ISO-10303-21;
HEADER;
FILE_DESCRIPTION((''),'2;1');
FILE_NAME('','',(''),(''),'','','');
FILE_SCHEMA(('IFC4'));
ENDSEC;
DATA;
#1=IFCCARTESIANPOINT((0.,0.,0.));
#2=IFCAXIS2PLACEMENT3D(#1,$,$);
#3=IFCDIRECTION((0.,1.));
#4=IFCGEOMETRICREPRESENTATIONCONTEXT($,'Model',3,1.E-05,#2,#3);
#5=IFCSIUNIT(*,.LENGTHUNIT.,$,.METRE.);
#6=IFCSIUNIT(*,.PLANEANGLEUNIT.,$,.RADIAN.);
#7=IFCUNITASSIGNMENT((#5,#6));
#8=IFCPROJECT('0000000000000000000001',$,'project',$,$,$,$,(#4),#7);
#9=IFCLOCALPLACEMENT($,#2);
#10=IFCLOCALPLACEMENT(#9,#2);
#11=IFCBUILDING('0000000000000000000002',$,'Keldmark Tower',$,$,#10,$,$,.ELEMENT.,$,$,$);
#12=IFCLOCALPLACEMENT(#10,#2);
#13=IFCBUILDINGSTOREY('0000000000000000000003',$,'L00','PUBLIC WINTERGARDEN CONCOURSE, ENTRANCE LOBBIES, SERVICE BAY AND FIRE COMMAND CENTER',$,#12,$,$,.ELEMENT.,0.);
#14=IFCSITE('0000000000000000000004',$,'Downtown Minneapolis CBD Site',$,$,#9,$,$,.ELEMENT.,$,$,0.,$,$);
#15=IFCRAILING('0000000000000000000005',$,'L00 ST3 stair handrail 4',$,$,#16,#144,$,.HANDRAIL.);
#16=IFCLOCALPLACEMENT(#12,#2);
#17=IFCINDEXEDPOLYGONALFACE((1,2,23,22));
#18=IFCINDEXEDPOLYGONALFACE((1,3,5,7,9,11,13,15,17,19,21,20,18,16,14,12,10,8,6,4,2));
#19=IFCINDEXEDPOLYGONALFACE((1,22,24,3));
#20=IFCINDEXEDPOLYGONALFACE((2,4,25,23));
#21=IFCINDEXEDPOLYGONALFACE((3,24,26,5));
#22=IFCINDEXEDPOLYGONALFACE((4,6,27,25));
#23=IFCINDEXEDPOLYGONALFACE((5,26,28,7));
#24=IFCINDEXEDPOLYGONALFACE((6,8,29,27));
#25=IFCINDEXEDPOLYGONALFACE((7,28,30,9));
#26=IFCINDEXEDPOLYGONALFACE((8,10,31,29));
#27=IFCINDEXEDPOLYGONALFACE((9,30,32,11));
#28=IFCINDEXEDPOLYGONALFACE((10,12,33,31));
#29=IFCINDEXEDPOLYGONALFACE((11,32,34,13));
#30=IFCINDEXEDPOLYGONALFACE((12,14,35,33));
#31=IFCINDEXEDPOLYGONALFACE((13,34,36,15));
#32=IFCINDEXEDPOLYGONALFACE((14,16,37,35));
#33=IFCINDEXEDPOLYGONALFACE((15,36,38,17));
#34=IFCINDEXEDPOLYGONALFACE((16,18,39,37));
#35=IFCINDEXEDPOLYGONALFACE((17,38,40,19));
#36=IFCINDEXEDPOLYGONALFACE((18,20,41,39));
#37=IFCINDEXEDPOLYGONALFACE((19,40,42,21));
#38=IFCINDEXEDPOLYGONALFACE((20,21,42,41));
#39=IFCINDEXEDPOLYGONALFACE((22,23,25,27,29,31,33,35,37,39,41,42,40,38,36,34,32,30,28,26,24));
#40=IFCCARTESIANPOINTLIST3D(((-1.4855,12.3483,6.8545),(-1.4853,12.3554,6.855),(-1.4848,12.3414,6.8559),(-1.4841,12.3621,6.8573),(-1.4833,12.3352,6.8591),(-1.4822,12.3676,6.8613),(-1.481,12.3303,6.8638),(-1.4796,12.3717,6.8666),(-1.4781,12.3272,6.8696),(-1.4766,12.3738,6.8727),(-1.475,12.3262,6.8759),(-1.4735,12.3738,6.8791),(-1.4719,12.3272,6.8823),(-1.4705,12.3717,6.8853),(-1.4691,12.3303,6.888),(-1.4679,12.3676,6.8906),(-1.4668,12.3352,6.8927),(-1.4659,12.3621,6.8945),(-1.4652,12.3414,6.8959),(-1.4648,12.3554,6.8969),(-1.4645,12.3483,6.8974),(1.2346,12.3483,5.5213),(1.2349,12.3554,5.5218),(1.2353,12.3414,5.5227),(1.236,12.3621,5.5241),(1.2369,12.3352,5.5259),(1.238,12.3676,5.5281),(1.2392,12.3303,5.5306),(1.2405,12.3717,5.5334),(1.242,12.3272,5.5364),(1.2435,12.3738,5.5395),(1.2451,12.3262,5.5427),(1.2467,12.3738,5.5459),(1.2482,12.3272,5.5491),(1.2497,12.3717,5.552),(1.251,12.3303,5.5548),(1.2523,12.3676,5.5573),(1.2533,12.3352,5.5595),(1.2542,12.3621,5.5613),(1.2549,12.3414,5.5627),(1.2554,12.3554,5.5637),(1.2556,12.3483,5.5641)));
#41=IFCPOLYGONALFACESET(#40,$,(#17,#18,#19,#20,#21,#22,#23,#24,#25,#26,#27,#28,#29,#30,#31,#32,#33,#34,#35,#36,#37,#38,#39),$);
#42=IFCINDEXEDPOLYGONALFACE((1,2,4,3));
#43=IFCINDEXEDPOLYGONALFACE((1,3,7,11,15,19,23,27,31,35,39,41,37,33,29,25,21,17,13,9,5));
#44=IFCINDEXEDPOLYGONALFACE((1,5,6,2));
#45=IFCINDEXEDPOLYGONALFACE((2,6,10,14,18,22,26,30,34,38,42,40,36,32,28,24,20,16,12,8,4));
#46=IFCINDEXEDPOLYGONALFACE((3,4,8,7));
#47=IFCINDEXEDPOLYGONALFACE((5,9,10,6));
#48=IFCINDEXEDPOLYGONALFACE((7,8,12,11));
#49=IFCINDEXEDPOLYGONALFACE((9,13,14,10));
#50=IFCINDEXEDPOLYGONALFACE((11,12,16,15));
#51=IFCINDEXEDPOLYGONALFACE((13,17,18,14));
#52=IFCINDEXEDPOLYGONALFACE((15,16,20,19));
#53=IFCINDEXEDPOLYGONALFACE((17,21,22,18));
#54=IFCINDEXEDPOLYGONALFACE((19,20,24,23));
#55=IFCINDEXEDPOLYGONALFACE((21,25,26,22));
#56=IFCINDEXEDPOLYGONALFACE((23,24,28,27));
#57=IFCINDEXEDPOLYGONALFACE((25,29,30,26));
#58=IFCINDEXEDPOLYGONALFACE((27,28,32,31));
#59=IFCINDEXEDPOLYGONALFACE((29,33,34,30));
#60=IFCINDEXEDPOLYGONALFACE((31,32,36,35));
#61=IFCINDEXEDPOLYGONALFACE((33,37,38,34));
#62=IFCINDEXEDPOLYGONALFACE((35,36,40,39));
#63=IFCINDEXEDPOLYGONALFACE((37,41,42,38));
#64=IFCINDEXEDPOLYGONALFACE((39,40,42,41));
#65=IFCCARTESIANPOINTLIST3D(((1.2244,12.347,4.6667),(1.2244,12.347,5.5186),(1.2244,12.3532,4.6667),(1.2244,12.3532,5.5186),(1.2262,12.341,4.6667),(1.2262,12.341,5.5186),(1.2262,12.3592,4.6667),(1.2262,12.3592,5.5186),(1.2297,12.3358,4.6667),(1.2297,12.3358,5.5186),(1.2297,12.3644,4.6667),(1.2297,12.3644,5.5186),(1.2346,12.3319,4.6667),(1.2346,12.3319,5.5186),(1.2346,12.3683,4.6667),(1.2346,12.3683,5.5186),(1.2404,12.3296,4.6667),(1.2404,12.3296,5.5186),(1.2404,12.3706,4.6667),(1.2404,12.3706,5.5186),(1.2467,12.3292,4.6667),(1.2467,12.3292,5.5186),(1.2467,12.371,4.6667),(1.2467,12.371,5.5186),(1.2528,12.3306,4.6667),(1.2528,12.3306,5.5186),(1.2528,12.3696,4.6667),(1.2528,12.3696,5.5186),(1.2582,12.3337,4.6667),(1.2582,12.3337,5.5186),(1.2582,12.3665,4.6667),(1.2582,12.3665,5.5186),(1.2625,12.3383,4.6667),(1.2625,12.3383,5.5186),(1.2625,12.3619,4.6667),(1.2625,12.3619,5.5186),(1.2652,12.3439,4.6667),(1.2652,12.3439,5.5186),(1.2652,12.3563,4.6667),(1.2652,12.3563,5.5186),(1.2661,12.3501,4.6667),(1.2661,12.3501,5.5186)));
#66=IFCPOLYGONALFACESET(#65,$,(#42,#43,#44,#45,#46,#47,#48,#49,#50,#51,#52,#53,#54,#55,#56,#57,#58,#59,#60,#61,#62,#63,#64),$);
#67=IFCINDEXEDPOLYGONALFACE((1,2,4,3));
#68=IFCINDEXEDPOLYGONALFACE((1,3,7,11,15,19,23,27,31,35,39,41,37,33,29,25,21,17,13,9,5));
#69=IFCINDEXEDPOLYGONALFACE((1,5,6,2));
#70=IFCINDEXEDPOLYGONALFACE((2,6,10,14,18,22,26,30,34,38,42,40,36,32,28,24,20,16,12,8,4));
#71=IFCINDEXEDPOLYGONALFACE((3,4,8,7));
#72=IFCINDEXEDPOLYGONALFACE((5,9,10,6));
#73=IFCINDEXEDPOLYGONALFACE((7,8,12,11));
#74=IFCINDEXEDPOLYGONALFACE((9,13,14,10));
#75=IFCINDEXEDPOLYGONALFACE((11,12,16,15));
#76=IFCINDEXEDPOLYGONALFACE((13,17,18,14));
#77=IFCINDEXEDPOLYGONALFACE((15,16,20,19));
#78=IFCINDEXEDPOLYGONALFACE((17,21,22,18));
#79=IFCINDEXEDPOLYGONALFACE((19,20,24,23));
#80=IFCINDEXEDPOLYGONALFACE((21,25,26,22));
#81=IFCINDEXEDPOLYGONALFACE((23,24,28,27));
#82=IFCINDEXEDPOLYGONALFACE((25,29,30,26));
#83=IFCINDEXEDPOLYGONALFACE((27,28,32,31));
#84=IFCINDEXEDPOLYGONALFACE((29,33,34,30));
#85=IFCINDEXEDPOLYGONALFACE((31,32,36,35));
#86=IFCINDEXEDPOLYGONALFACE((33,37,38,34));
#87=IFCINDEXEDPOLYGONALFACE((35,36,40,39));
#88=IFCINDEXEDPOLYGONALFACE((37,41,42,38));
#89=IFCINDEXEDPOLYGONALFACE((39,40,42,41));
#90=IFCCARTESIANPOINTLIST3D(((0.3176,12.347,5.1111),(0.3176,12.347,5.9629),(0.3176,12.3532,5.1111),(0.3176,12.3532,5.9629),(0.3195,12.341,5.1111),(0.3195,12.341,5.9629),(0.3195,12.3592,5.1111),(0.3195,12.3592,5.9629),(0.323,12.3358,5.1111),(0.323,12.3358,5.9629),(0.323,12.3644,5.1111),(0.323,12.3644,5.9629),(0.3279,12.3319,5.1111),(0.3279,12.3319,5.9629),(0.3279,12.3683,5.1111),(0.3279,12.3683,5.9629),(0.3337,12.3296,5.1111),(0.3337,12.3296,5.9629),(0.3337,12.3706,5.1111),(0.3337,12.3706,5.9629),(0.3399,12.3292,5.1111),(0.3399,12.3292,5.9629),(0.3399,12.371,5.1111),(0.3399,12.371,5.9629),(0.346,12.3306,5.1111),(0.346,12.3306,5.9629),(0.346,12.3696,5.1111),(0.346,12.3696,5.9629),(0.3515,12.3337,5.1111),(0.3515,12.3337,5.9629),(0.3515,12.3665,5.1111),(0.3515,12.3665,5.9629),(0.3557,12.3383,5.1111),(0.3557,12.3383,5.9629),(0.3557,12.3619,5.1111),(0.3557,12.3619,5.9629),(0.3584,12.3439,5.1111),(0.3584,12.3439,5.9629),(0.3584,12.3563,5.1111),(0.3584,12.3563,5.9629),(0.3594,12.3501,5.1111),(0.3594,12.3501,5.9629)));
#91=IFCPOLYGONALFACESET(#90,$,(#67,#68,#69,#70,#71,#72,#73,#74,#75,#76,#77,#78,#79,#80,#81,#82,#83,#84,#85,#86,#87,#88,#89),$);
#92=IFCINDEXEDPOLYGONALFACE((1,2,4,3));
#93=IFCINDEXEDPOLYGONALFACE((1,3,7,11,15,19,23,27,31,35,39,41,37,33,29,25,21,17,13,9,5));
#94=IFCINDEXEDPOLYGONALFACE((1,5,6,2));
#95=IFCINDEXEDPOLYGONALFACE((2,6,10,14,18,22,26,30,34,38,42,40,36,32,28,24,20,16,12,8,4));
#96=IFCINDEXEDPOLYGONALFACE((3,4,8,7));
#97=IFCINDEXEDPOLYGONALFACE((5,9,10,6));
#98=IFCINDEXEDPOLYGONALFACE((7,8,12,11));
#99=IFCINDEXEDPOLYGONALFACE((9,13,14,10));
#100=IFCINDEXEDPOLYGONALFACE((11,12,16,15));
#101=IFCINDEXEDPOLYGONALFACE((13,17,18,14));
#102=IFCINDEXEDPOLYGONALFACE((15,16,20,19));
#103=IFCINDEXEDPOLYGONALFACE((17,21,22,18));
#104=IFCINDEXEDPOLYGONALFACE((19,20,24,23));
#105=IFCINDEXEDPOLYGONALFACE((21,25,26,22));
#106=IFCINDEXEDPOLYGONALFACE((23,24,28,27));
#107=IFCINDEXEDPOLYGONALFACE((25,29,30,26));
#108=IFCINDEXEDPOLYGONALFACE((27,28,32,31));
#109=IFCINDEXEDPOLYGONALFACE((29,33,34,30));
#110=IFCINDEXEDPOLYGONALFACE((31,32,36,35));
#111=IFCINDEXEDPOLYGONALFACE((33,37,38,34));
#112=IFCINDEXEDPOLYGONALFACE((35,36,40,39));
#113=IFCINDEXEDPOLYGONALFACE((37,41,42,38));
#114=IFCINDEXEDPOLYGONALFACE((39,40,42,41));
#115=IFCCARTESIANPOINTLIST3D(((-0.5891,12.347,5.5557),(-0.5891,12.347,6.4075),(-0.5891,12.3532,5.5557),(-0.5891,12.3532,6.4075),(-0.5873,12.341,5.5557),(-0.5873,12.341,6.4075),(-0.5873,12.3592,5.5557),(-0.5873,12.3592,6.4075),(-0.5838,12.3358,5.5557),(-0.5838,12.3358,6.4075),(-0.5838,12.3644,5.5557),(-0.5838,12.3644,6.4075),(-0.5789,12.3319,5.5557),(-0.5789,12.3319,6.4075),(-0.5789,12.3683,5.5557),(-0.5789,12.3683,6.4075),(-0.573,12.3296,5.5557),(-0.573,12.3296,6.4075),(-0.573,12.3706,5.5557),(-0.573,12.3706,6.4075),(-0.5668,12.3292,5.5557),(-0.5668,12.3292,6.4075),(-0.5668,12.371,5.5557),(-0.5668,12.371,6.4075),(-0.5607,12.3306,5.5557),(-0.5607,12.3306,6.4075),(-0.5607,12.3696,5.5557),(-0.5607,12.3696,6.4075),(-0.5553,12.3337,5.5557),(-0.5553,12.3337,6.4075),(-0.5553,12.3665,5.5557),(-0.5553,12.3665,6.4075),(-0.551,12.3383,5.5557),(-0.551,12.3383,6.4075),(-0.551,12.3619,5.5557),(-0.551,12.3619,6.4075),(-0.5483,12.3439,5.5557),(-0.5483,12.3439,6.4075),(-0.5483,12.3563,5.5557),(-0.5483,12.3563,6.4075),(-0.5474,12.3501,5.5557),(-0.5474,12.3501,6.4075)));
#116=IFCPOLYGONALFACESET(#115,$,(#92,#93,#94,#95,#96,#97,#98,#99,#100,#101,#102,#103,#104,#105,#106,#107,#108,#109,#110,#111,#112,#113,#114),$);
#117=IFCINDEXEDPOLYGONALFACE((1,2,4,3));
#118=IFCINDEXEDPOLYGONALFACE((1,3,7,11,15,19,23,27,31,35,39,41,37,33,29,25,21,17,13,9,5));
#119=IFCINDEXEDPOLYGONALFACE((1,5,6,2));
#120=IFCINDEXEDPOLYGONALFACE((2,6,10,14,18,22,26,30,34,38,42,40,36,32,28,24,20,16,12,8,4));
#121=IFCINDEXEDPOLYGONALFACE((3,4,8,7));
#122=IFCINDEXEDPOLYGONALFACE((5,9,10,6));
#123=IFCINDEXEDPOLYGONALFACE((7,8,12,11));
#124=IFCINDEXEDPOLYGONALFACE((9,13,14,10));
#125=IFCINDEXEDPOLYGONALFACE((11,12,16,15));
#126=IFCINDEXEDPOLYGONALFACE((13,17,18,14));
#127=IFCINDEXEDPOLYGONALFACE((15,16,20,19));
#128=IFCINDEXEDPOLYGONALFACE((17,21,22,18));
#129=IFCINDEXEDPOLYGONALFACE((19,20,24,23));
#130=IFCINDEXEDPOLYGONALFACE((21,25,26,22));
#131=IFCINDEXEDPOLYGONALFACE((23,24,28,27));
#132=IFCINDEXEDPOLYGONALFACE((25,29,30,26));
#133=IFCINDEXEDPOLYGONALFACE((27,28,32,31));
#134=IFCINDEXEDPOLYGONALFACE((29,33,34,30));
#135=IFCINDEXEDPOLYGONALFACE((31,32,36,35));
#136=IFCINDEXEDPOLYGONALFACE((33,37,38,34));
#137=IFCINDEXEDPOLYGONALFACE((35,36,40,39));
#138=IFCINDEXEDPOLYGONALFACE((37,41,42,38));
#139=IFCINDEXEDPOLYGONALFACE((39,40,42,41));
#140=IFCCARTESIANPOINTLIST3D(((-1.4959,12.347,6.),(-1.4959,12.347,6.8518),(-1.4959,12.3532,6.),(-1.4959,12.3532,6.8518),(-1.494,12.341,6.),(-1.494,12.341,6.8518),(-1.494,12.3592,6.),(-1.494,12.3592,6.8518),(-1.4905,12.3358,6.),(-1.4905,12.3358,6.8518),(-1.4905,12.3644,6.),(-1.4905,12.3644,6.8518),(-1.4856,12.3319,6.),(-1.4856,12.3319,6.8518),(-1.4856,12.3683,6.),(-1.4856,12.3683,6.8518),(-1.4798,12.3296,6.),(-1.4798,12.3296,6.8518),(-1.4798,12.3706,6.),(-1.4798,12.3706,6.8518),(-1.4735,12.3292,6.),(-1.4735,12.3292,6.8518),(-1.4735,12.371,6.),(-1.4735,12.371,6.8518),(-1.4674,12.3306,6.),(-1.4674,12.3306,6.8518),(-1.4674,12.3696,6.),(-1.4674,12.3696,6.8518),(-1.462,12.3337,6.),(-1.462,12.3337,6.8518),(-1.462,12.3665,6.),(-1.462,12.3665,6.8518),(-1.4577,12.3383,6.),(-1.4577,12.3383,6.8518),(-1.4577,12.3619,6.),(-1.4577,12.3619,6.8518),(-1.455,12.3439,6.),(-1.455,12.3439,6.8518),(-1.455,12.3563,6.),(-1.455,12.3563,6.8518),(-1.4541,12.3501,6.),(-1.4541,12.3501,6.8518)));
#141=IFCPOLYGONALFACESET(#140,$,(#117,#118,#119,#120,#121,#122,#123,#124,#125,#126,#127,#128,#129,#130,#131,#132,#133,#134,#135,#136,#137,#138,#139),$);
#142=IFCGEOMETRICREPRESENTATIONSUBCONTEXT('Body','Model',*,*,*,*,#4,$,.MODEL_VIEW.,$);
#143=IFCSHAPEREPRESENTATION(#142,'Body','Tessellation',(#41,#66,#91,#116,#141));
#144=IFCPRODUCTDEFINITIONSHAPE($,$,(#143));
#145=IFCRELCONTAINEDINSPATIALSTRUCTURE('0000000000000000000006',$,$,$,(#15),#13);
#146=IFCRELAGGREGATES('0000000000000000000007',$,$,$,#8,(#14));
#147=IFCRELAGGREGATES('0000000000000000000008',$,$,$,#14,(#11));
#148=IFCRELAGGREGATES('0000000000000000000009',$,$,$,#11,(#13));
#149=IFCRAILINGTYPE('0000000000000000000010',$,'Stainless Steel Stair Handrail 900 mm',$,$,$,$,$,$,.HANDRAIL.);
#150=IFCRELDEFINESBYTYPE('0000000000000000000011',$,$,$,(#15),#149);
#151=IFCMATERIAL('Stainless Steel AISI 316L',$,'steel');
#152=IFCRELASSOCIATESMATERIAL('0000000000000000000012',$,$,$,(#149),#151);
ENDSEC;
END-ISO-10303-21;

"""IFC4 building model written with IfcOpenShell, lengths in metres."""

from ifc_helpers import new_model, si_unit, direction, frame, origin, origin_2d, place, context, subcontext, project, spatial, circle, extrude, material, type_object, element, save


model = new_model("IFC4")

# Units and contexts
model_context = context("Model", 3, precision=1e-05, world=origin(), true_north=direction((0.0, 1.0)))
body_context = subcontext(model_context, "Body", "Model", "MODEL_VIEW")
ifc_project = project(units=[si_unit("LENGTHUNIT", "METRE"), si_unit("PLANEANGLEUNIT", "RADIAN")], contexts=[model_context])

# Site, building, storey
site_placement = place(None, origin())
site = spatial("IfcSite", under=ifc_project, at=site_placement, Name="Downtown Minneapolis CBD Site", CompositionType="ELEMENT", RefElevation=0.0)
building_placement = place(site_placement, origin())
building = spatial("IfcBuilding", under=site, at=building_placement, Name="Keldmark Tower", CompositionType="ELEMENT")
storey_placement = place(building_placement, origin())
storey = spatial("IfcBuildingStorey", under=building, at=storey_placement, Name="L00", Description="PUBLIC WINTERGARDEN CONCOURSE, ENTRANCE LOBBIES, SERVICE BAY AND FIRE COMMAND CENTER", CompositionType="ELEMENT", Elevation=0.0)

# Railing
ifc_material_1 = material(Name="Stainless Steel AISI 316L", Category="steel")
railing_type = type_object("IfcRailingType", Name="Stainless Steel Stair Handrail 900 mm", PredefinedType="HANDRAIL", material=ifc_material_1)
for number, where, name in (
    (1, (1.2451, 12.3501, 4.6667), "L00 ST3 stair handrail 4"),
):
    element("IfcRailing", number, at=place(storey_placement, frame(where)), inside=storey, type_object=railing_type, Name=name, PredefinedType="HANDRAIL", context=body_context, shape_type="SweptSolid", body=[
        extrude(circle(Radius=0.0239, at=origin_2d()), frame((0.0, 0.0, 0.876), z_axis=(-0.897945, 0.0, 0.440108), x_axis=(0.0, -1.0, 0.0)), (0.0, 0.0, 1.0), 3.0293),
        extrude(circle(Radius=0.021, at=origin_2d()), origin(), (0.0, 0.0, 1.0), 0.8518),
        extrude(circle(Radius=0.021, at=origin_2d()), frame((-0.9067, 0.0, 0.4443)), (0.0, 0.0, 1.0), 0.8518),
        extrude(circle(Radius=0.021, at=origin_2d()), frame((-1.8135, 0.0, 0.8889)), (0.0, 0.0, 1.0), 0.8518),
        extrude(circle(Radius=0.021, at=origin_2d()), frame((-2.7202, 0.0, 1.3333)), (0.0, 0.0, 1.0), 0.8518),
    ])

save(model, "model.ifc")
